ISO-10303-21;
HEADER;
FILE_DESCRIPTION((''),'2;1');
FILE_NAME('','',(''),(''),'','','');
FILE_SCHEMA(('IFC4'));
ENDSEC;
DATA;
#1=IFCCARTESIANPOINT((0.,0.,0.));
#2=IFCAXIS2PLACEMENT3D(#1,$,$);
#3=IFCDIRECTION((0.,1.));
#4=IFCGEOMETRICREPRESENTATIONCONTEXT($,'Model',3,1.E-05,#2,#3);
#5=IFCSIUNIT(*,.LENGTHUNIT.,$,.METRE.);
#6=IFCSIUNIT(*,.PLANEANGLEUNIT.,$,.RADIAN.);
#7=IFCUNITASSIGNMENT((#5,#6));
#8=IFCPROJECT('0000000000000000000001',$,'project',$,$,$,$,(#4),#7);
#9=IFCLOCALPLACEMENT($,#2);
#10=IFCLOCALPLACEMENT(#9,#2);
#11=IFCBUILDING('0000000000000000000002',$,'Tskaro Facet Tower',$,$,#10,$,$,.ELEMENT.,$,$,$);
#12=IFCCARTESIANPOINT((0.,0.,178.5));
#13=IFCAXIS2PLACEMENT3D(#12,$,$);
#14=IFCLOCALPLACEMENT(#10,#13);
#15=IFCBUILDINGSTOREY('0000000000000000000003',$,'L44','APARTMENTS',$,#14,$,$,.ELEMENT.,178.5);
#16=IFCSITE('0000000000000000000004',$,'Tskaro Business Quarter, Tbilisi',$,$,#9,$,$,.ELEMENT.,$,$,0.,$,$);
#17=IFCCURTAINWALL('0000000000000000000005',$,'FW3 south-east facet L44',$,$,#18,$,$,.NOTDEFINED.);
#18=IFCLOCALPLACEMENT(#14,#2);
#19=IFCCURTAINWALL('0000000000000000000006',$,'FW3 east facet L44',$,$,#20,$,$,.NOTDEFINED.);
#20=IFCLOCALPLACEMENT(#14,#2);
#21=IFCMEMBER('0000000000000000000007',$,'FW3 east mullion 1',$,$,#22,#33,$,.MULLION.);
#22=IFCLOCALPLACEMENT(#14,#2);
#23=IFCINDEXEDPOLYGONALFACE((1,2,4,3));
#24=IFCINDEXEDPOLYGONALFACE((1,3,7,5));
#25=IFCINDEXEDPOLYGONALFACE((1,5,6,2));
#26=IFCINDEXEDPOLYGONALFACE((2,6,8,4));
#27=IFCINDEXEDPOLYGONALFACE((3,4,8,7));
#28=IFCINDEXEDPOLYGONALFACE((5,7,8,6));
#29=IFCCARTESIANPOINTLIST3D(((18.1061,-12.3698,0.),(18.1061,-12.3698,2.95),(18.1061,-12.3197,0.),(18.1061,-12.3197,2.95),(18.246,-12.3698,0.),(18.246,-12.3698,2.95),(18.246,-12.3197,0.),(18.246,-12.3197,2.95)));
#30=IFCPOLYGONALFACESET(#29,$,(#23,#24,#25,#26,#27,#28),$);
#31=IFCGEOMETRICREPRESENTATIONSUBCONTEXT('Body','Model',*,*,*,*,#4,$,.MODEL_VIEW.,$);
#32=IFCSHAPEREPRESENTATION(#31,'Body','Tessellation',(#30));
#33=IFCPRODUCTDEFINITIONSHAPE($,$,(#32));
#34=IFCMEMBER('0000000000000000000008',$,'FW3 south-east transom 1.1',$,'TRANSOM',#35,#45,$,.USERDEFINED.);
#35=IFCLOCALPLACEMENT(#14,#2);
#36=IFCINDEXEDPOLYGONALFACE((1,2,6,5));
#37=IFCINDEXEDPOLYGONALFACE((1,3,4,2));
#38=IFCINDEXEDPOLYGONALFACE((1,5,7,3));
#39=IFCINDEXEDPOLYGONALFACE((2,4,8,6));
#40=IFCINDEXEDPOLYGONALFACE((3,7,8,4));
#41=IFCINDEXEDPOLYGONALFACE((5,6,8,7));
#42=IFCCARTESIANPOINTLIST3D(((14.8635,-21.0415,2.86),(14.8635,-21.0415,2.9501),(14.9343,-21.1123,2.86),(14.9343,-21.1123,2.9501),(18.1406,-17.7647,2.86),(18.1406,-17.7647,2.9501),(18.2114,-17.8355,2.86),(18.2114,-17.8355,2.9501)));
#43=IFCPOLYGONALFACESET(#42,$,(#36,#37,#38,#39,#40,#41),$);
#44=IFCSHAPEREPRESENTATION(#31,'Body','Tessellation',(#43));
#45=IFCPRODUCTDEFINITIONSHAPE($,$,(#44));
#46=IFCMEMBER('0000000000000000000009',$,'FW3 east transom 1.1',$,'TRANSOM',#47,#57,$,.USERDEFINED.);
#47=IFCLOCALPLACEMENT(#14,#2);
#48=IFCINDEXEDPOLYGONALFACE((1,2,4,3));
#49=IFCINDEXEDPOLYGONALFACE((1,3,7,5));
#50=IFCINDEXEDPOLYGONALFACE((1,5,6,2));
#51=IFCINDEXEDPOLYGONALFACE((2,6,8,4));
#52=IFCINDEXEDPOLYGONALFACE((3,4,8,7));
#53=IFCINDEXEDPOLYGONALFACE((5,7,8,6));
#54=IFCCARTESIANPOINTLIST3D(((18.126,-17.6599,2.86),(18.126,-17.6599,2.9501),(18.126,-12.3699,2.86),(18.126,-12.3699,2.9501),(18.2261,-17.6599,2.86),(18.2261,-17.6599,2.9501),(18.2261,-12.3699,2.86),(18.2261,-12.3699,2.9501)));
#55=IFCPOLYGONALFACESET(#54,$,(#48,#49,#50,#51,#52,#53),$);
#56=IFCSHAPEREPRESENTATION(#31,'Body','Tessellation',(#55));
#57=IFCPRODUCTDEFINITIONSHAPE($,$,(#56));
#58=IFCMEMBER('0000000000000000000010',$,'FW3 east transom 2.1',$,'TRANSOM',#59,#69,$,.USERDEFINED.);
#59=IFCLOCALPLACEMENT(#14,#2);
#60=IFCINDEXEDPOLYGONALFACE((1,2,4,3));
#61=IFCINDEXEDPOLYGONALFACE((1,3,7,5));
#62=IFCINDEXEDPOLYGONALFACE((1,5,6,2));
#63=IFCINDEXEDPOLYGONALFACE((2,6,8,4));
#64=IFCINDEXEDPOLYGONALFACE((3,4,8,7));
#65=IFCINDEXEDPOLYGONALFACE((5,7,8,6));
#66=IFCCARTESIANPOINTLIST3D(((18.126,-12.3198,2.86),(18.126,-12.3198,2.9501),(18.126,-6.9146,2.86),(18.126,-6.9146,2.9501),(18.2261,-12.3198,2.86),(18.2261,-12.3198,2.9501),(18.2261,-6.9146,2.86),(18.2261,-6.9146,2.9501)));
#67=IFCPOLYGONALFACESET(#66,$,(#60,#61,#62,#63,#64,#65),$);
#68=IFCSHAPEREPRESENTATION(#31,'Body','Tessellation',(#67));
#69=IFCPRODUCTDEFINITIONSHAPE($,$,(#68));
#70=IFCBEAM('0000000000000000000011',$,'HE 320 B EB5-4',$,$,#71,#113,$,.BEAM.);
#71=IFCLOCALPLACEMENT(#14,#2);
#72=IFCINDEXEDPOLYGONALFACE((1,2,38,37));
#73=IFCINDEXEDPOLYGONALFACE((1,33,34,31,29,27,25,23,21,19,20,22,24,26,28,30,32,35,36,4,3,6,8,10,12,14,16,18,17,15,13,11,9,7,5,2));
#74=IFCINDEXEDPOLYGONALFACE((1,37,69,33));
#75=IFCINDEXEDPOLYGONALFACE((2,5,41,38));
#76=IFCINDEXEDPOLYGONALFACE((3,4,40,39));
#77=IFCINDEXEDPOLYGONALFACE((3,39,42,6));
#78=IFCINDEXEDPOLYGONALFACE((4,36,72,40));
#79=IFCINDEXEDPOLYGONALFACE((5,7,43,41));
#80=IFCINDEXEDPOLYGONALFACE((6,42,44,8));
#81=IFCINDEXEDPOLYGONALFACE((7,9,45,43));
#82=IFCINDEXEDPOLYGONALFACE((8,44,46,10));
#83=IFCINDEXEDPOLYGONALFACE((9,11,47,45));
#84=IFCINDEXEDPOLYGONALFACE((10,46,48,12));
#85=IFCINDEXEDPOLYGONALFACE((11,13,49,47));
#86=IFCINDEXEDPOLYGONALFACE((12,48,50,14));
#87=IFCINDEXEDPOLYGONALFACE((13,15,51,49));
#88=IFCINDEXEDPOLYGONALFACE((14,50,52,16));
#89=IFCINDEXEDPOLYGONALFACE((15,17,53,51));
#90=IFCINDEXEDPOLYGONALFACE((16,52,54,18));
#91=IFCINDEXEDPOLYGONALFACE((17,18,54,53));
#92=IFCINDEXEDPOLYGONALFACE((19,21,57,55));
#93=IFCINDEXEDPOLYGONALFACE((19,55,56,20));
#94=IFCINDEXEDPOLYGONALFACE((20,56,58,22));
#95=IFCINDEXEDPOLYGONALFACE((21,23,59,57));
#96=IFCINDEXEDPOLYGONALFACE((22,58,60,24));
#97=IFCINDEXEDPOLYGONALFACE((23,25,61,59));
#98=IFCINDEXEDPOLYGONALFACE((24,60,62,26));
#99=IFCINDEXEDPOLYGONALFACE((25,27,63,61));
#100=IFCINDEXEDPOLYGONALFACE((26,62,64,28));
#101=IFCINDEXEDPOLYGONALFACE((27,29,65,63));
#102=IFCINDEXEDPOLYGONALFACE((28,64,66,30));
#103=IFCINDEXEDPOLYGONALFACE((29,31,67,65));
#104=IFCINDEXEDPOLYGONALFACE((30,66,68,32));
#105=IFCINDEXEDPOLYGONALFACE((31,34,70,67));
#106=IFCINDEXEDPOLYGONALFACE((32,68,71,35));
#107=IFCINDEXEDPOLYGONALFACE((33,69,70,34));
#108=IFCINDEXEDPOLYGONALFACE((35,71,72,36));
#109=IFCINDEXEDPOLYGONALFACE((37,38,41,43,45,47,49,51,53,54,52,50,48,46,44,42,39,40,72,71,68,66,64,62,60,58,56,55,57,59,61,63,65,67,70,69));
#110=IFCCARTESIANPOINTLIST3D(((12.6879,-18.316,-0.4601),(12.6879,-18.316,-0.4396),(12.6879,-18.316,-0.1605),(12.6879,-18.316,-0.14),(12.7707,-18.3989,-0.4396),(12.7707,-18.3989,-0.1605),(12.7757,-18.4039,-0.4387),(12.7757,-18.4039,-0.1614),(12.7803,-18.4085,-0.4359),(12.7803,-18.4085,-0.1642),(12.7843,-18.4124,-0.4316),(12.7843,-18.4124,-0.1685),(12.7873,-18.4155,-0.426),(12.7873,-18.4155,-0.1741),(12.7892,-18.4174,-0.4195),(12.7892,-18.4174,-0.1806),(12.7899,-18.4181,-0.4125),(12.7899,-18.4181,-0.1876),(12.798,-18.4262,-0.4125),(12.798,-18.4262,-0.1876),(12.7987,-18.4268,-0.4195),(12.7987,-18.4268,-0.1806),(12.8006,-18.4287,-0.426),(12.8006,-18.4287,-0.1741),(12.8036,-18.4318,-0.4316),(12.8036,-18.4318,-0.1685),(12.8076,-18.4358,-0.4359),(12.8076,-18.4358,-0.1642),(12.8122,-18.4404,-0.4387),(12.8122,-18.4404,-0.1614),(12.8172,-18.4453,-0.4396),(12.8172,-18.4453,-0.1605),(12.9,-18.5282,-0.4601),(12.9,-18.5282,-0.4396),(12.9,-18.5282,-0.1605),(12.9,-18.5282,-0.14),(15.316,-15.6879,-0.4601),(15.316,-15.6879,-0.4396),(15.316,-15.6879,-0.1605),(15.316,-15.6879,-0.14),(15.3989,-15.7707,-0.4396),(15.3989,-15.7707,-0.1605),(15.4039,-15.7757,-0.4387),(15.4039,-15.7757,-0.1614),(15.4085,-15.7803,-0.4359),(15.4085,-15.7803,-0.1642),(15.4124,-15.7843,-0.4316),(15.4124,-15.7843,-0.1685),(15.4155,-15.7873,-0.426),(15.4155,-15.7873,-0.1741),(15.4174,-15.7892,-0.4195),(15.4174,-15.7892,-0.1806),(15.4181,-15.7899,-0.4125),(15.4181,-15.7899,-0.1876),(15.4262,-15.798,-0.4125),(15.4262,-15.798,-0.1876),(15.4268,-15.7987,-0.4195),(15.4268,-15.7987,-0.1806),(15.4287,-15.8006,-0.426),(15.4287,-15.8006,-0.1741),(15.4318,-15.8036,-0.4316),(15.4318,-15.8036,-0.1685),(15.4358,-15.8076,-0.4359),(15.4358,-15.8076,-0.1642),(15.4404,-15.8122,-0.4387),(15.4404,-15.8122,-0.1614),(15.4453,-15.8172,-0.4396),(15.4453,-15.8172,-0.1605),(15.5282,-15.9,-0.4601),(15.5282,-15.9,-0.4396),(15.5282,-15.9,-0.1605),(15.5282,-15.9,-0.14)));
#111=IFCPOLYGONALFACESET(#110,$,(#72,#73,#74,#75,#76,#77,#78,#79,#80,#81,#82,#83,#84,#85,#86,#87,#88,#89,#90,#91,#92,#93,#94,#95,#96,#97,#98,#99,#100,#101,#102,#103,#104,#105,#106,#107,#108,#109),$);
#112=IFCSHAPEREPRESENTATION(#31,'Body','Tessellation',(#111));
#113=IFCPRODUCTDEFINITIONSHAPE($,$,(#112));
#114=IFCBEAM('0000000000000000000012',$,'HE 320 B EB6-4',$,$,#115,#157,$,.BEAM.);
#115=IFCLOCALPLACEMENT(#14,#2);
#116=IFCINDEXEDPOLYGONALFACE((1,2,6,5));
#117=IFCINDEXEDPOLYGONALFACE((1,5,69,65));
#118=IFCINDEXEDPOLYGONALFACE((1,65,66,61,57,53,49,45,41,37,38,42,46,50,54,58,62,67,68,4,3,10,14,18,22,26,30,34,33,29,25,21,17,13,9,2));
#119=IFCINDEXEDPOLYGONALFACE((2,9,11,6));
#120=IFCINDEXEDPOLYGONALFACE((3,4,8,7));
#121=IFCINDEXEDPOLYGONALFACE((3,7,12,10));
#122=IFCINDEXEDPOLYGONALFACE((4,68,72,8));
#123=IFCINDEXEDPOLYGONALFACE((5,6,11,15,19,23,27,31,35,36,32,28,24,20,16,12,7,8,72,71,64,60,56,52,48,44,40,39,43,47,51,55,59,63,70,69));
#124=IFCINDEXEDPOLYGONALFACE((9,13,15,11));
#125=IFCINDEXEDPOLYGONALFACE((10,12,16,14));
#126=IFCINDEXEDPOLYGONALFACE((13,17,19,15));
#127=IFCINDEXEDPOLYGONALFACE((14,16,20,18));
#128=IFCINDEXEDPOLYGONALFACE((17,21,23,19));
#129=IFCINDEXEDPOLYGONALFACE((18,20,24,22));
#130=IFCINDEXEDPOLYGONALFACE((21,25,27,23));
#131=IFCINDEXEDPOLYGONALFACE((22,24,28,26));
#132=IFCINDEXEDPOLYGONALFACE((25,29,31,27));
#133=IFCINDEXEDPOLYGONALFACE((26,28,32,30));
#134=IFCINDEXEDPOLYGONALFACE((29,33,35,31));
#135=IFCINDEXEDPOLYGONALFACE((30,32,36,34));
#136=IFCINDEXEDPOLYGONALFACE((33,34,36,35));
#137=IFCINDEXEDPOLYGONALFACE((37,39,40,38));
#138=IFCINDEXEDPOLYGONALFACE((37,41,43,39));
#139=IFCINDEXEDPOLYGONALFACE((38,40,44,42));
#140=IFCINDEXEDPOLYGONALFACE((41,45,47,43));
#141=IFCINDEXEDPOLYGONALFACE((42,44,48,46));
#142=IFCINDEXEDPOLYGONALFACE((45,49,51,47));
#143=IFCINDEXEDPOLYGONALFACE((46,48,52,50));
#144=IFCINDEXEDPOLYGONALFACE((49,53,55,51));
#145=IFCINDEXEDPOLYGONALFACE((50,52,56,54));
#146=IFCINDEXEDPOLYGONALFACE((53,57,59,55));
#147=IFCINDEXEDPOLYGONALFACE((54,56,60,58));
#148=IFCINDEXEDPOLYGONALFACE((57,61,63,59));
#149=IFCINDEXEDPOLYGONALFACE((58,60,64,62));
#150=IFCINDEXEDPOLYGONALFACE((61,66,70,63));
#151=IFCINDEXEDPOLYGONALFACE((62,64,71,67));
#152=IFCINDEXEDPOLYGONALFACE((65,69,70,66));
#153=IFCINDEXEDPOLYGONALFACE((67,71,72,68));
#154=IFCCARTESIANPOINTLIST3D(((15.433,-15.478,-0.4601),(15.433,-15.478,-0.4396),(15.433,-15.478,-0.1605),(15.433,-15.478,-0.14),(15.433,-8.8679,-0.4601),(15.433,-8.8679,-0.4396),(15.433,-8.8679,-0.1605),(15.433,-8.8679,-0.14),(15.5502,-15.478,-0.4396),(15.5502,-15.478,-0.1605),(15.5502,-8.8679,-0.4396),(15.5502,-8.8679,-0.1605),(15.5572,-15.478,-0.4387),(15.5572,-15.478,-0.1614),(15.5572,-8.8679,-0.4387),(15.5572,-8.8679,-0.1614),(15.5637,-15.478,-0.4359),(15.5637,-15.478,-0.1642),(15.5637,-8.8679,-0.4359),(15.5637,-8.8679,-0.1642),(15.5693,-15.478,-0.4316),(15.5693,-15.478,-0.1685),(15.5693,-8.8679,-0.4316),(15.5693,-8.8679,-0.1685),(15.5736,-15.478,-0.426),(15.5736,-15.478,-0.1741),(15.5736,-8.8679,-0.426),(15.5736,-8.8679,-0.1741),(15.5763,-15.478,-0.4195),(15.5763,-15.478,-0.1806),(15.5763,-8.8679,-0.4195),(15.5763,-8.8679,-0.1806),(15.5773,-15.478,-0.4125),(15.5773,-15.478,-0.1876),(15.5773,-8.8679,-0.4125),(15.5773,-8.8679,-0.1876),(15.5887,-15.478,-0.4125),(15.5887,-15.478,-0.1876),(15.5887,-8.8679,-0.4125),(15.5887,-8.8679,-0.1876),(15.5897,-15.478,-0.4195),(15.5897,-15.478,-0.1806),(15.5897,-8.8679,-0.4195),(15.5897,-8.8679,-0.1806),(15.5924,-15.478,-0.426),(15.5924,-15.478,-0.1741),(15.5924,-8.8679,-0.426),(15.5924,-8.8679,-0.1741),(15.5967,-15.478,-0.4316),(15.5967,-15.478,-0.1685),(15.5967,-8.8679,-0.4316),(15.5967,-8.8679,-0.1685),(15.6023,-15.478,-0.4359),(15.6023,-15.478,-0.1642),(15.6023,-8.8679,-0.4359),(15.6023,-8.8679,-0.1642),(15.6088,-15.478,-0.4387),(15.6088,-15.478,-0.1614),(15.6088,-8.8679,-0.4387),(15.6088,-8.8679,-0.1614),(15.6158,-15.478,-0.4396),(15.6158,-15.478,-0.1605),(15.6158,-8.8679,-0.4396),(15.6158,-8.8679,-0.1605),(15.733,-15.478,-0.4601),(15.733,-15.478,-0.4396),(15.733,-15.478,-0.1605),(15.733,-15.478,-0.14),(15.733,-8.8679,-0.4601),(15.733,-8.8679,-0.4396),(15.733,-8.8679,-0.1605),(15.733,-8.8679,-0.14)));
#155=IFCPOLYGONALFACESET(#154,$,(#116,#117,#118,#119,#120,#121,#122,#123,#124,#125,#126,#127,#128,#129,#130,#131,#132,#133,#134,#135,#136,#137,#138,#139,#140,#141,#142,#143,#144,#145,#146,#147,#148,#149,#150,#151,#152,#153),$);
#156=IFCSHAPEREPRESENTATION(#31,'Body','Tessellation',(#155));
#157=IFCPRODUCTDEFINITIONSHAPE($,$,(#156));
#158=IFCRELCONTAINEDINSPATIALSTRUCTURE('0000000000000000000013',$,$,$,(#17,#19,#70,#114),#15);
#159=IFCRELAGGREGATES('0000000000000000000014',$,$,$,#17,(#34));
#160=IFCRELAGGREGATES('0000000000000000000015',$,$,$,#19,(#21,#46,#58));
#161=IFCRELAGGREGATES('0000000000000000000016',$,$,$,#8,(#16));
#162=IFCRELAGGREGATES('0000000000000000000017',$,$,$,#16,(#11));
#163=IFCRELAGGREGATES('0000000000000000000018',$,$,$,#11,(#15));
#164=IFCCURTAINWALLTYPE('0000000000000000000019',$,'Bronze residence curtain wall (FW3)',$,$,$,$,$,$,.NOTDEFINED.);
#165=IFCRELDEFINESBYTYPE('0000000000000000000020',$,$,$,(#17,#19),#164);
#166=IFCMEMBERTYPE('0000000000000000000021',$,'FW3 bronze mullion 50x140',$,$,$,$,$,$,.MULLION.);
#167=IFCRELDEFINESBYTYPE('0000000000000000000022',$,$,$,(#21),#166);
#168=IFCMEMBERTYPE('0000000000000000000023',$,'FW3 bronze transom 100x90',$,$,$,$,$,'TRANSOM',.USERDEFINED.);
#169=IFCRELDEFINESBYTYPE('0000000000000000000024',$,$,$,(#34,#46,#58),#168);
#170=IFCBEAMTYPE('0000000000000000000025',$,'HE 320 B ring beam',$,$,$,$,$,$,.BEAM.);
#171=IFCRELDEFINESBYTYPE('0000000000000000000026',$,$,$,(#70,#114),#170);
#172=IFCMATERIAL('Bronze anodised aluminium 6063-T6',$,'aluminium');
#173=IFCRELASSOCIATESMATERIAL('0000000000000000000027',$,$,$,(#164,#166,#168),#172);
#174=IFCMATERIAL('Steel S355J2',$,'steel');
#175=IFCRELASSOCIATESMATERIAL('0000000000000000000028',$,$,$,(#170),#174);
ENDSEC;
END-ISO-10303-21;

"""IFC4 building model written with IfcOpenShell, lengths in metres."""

from ifc_helpers import new_model, si_unit, direction, frame, origin, origin_2d, place, context, subcontext, project, spatial, rectangle, i_section, extrude, material, material_profile, profile_set, type_object, element, aggregate, save


model = new_model("IFC4")

# Units and contexts
model_context = context("Model", 3, precision=1e-05, world=origin(), true_north=direction((0.0, 1.0)))
body_context = subcontext(model_context, "Body", "Model", "MODEL_VIEW")
ifc_project = project(units=[si_unit("LENGTHUNIT", "METRE"), si_unit("PLANEANGLEUNIT", "RADIAN")], contexts=[model_context])

# Site, building, storey
site_placement = place(None, origin())
site = spatial("IfcSite", under=ifc_project, at=site_placement, Name="Tskaro Business Quarter, Tbilisi", CompositionType="ELEMENT", RefElevation=0.0)
building_placement = place(site_placement, origin())
building = spatial("IfcBuilding", under=site, at=building_placement, Name="Tskaro Facet Tower", CompositionType="ELEMENT")
storey_placement = place(building_placement, frame((0.0, 0.0, 178.5)))
storey = spatial("IfcBuildingStorey", under=building, at=storey_placement, Name="L44", Description="APARTMENTS", CompositionType="ELEMENT", Elevation=178.5)

# Curtain wall
ifc_material_1 = material(Name="Bronze anodised aluminium 6063-T6", Category="aluminium")
curtain_wall_type = type_object("IfcCurtainWallType", Name="Bronze residence curtain wall (FW3)", PredefinedType="NOTDEFINED", material=ifc_material_1)
curtain_wall_1_placement = place(storey_placement, origin())
curtain_wall_1 = element("IfcCurtainWall", 1, at=curtain_wall_1_placement, inside=storey, type_object=curtain_wall_type, Name="FW3 south-east facet L44", PredefinedType="NOTDEFINED")

# Curtain wall, member
curtain_wall_2_placement = place(storey_placement, origin())
curtain_wall_2 = element("IfcCurtainWall", 2, at=curtain_wall_2_placement, inside=storey, type_object=curtain_wall_type, Name="FW3 east facet L44", PredefinedType="NOTDEFINED")
ifc_material_profile_1 = material_profile(ifc_material_1, rectangle(XDim=0.05, YDim=0.1399, at=origin_2d()), Name="Mullion 50x140")
ifc_profile_set_1 = profile_set([ifc_material_profile_1], Name="Bronze anodised aluminium 6063-T6")
member_type_1 = type_object("IfcMemberType", Name="FW3 bronze mullion 50x140", PredefinedType="MULLION", material=ifc_profile_set_1)
member_1_placement = place(storey_placement, frame((18.176, -12.3447, 0.0), z_axis=(0.0, 0.0, 1.0), x_axis=(0.0, 1.0, 0.0)))
member_1 = element("IfcMember", 3, at=member_1_placement, type_object=member_type_1, Name="FW3 east mullion 1", PredefinedType="MULLION", context=body_context, shape_type="SweptSolid", body=[
    extrude(rectangle(XDim=0.05, YDim=0.1399, at=origin_2d()), origin(), (0.0, 0.0, 1.0), 2.95),
])

# Members
ifc_material_profile_2 = material_profile(ifc_material_1, rectangle(XDim=0.1001, YDim=0.0901, at=origin_2d()), Name="Transom 100x90")
ifc_profile_set_2 = profile_set([ifc_material_profile_2], Name="Bronze anodised aluminium 6063-T6")
member_type_2 = type_object("IfcMemberType", Name="FW3 bronze transom 100x90", ElementType="TRANSOM", PredefinedType="USERDEFINED", material=ifc_profile_set_2)
member_2_placement = place(storey_placement, frame((14.8989, -21.0769, 2.905), z_axis=(0.707133, 0.70708, 0.0), x_axis=(-0.70708, 0.707133, 0.0)))
member_2 = element("IfcMember", 4, at=member_2_placement, type_object=member_type_2, Name="FW3 south-east transom 1.1", ObjectType="TRANSOM", PredefinedType="USERDEFINED", context=body_context, shape_type="SweptSolid", body=[
    extrude(rectangle(XDim=0.1001, YDim=0.0901, at=origin_2d()), origin(), (0.0, 0.0, 1.0), 4.6343),
])
member_3_placement = place(storey_placement, frame((18.176, -17.6599, 2.905), z_axis=(0.0, 1.0, 0.0), x_axis=(-1.0, 0.0, 0.0)))
member_3 = element("IfcMember", 5, at=member_3_placement, type_object=member_type_2, Name="FW3 east transom 1.1", ObjectType="TRANSOM", PredefinedType="USERDEFINED", context=body_context, shape_type="SweptSolid", body=[
    extrude(rectangle(XDim=0.1001, YDim=0.0901, at=origin_2d()), origin(), (0.0, 0.0, 1.0), 5.29),
])
member_4_placement = place(storey_placement, frame((18.176, -12.3198, 2.905), z_axis=(0.0, 1.0, 0.0), x_axis=(-1.0, 0.0, 0.0)))
member_4 = element("IfcMember", 6, at=member_4_placement, type_object=member_type_2, Name="FW3 east transom 2.1", ObjectType="TRANSOM", PredefinedType="USERDEFINED", context=body_context, shape_type="SweptSolid", body=[
    extrude(rectangle(XDim=0.1001, YDim=0.0901, at=origin_2d()), origin(), (0.0, 0.0, 1.0), 5.4053),
])

# Beams
ifc_material_2 = material(Name="Steel S355J2", Category="steel")
ifc_material_profile_3 = material_profile(ifc_material_2, i_section(OverallWidth=0.3, OverallDepth=0.3201, WebThickness=0.0115, FlangeThickness=0.0205, FilletRadius=0.0271, at=origin_2d()), Name="HE 320 B")
ifc_profile_set_3 = profile_set([ifc_material_profile_3], Name="Steel S355J2")
beam_type_1 = type_object("IfcBeamType", Name="HE 320 B ring beam", PredefinedType="BEAM", material=ifc_profile_set_3)
beam_1_placement = place(storey_placement, frame((12.7939, -18.4221, -0.3), z_axis=(0.707107, 0.707107, 0.0), x_axis=(-0.707107, 0.707107, 0.0)))
element("IfcBeam", 7, at=beam_1_placement, inside=storey, type_object=beam_type_1, Name="HE 320 B EB5-4", PredefinedType="BEAM", context=body_context, shape_type="SweptSolid", body=[
    extrude(i_section(OverallWidth=0.3, OverallDepth=0.3201, WebThickness=0.0115, FlangeThickness=0.0205, FilletRadius=0.0271, at=origin_2d()), origin(), (0.0, 0.0, 1.0), 3.7168),
])
beam_2_placement = place(storey_placement, frame((15.583, -15.478, -0.3), z_axis=(0.0, 1.0, 0.0), x_axis=(-1.0, 0.0, 0.0)))
element("IfcBeam", 8, at=beam_2_placement, inside=storey, type_object=beam_type_1, Name="HE 320 B EB6-4", PredefinedType="BEAM", context=body_context, shape_type="SweptSolid", body=[
    extrude(i_section(OverallWidth=0.3, OverallDepth=0.3201, WebThickness=0.0115, FlangeThickness=0.0205, FilletRadius=0.0271, at=origin_2d()), origin(), (0.0, 0.0, 1.0), 6.6101),
])

aggregate(curtain_wall_1, [member_2])
aggregate(curtain_wall_2, [member_1, member_3, member_4])

save(model, "model.ifc")
